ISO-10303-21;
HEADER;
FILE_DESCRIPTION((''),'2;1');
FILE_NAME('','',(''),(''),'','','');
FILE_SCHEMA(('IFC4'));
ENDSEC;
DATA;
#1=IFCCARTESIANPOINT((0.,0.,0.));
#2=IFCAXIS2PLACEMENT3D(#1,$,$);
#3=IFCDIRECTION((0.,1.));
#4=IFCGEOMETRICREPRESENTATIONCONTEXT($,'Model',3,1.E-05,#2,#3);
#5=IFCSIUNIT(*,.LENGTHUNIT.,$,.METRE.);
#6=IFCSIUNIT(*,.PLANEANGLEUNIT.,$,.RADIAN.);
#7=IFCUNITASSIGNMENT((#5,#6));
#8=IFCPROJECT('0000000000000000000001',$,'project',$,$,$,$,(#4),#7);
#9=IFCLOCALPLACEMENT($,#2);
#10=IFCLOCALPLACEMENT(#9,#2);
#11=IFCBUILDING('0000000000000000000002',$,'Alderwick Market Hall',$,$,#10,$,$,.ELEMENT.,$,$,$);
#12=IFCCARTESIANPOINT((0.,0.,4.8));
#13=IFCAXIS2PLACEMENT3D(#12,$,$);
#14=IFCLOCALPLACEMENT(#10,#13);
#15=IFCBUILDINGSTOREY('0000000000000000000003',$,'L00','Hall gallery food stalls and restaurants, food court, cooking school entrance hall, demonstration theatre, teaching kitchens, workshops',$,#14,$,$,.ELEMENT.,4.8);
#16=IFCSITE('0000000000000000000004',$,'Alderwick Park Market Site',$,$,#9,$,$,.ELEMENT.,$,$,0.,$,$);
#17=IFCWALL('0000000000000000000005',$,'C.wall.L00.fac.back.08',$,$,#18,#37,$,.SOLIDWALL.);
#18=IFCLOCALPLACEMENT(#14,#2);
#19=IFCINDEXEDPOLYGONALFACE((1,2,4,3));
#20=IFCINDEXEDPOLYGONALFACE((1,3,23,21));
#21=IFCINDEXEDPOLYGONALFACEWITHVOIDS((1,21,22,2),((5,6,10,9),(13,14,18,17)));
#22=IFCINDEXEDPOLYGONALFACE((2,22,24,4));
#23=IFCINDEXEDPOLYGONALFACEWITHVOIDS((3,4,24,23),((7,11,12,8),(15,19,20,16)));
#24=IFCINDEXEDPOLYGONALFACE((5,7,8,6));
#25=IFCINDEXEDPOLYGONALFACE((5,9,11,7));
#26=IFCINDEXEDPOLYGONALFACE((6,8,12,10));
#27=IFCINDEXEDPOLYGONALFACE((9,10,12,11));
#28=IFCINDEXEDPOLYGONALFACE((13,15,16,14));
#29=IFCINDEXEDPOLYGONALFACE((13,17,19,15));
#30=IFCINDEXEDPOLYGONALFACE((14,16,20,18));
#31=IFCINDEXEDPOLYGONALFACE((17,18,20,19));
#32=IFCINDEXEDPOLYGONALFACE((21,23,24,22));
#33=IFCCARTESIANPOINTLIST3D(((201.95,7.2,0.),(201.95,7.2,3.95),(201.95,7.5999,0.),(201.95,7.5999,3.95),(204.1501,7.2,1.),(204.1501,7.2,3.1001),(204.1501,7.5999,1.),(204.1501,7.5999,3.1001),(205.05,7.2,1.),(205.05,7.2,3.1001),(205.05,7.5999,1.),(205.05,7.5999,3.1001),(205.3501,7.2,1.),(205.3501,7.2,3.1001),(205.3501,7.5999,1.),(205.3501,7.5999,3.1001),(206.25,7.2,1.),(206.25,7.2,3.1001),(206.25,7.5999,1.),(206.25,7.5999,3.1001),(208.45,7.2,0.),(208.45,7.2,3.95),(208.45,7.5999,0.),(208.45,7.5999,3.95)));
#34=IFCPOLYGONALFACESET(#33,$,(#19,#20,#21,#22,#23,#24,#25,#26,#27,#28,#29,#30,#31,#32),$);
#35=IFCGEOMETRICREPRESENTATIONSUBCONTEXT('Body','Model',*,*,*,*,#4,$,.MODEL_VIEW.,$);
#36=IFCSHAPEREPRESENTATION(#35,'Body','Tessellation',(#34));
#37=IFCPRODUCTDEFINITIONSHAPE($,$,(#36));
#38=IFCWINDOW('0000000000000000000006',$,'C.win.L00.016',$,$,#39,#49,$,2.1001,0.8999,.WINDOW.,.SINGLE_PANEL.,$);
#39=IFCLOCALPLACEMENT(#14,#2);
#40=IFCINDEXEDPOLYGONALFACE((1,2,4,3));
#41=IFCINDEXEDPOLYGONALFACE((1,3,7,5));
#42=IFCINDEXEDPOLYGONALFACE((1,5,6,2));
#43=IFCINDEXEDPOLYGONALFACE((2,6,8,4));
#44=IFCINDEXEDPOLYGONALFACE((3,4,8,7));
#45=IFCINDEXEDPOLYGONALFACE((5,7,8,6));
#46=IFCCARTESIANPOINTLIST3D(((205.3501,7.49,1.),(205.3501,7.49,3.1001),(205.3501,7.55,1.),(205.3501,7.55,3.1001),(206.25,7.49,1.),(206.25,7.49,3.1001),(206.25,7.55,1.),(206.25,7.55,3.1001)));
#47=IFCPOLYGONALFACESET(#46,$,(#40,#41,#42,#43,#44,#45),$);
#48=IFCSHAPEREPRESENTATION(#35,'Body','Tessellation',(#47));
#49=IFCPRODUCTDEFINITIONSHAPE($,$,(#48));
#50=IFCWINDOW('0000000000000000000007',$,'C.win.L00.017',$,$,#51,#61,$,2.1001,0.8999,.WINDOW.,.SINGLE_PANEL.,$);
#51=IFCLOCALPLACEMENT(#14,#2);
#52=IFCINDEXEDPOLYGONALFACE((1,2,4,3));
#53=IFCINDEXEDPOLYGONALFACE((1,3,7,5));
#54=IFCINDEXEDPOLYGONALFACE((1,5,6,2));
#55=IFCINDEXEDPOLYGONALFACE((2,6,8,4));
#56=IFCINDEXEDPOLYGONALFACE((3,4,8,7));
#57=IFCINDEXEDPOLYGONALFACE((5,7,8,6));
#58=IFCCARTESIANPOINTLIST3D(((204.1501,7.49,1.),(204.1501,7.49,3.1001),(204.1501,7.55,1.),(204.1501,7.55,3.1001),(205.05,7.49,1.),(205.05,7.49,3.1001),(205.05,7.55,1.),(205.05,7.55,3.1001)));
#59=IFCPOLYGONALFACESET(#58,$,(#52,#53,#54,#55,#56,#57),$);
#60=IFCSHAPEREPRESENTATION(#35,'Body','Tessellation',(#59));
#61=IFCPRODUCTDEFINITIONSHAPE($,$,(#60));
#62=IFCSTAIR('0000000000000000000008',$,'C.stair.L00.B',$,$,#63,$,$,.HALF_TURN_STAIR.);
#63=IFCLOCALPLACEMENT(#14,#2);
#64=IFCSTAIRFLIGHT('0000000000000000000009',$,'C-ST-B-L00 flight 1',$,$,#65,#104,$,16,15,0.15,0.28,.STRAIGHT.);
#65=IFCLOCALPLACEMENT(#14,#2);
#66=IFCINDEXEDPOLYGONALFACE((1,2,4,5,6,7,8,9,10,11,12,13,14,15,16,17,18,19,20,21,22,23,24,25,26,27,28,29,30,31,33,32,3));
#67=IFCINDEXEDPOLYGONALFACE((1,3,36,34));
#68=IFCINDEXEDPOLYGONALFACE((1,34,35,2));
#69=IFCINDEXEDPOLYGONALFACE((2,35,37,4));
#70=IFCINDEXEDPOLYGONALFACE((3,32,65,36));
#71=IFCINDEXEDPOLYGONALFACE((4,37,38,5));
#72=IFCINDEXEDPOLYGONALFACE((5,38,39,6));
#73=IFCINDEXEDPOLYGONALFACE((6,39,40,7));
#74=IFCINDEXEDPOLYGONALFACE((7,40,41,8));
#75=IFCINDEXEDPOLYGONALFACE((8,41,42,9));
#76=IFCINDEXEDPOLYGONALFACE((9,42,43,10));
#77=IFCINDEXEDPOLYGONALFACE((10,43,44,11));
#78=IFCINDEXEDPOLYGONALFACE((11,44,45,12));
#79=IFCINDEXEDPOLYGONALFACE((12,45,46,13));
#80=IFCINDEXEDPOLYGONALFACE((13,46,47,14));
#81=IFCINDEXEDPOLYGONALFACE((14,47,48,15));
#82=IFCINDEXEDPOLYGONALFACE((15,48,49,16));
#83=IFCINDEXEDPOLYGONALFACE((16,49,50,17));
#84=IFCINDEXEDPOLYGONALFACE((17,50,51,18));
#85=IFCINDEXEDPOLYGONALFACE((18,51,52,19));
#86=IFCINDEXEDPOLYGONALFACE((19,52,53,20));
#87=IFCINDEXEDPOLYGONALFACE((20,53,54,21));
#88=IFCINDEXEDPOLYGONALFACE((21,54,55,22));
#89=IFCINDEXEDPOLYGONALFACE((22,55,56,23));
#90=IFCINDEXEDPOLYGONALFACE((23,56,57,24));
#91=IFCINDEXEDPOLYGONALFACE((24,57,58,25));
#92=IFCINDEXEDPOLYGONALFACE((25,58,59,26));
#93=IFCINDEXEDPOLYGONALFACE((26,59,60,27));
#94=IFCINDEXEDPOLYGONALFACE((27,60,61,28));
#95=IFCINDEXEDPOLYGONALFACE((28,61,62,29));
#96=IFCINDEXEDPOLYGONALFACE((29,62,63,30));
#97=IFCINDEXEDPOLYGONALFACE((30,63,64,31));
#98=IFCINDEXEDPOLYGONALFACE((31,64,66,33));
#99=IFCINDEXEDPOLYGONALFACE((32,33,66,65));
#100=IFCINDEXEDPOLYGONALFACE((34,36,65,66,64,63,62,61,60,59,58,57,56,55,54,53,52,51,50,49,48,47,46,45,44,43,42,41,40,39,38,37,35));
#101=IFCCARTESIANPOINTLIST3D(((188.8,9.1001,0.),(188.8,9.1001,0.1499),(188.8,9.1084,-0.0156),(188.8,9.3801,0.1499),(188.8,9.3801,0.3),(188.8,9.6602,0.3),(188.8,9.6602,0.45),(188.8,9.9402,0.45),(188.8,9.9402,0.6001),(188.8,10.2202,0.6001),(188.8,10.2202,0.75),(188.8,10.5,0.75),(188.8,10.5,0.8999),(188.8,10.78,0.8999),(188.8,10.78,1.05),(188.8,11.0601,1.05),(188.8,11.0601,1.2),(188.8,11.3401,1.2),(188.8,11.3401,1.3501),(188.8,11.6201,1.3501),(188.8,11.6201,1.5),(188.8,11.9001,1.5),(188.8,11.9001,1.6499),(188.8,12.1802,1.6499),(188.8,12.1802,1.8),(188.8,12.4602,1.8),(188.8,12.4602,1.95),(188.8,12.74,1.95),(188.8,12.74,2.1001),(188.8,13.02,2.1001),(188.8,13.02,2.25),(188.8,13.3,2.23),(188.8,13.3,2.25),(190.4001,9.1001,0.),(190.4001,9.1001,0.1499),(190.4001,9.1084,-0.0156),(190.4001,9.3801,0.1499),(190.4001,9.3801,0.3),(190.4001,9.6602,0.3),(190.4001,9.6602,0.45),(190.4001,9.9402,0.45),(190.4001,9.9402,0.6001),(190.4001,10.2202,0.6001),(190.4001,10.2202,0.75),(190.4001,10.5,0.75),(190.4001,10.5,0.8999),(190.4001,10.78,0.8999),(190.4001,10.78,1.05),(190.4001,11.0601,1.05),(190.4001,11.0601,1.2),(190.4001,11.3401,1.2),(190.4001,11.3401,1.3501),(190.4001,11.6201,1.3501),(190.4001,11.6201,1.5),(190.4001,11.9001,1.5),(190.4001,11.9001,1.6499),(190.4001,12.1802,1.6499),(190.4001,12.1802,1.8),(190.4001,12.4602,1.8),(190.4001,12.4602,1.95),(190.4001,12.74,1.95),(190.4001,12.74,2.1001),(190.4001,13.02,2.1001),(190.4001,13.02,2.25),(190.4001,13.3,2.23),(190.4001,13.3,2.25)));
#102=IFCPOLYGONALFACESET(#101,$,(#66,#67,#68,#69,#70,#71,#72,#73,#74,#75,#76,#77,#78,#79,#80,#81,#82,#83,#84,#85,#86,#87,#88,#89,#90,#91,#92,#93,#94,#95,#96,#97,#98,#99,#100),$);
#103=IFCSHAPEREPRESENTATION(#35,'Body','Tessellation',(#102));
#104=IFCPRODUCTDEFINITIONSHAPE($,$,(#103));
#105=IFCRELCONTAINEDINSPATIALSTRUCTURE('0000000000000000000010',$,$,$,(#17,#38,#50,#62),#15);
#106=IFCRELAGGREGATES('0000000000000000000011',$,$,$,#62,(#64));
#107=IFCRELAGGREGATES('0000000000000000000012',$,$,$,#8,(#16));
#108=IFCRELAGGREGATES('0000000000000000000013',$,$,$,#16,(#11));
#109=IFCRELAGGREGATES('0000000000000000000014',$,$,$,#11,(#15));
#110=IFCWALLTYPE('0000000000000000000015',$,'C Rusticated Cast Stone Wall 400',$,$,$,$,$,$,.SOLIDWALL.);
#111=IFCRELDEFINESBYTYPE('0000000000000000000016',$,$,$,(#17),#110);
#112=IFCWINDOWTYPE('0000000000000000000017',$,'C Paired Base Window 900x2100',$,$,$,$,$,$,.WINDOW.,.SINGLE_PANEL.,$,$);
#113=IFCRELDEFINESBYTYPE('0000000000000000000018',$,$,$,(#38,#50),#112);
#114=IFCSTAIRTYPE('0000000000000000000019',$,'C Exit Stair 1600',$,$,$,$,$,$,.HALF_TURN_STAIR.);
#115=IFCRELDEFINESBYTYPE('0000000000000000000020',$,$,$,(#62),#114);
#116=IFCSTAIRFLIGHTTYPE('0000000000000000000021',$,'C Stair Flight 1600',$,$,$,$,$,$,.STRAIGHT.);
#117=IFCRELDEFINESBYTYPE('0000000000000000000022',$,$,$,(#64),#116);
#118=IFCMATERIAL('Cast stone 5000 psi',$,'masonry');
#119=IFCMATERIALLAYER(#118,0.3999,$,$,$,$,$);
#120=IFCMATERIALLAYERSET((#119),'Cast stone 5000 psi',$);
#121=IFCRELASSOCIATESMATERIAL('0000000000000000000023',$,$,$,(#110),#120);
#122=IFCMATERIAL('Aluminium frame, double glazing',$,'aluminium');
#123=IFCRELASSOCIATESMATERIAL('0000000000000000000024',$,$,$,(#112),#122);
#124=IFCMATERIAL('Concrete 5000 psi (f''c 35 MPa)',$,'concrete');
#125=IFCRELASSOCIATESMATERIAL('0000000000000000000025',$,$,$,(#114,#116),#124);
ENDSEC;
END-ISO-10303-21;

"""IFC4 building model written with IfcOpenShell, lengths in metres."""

from ifc_helpers import new_model, si_unit, direction, frame, frame_2d, origin, place, context, subcontext, project, spatial, polyline, rectangle, outline, extrude, material, layer, layer_set, type_object, element, fill, aggregate, save


model = new_model("IFC4")

# Units and contexts
model_context = context("Model", 3, precision=1e-05, world=origin(), true_north=direction((0.0, 1.0)))
body_context = subcontext(model_context, "Body", "Model", "MODEL_VIEW")
ifc_project = project(units=[si_unit("LENGTHUNIT", "METRE"), si_unit("PLANEANGLEUNIT", "RADIAN")], contexts=[model_context])

# Site, building, storey
site_placement = place(None, origin())
site = spatial("IfcSite", under=ifc_project, at=site_placement, Name="Alderwick Park Market Site", CompositionType="ELEMENT", RefElevation=0.0)
building_placement = place(site_placement, origin())
building = spatial("IfcBuilding", under=site, at=building_placement, Name="Alderwick Market Hall", CompositionType="ELEMENT")
storey_placement = place(building_placement, frame((0.0, 0.0, 4.8)))
storey = spatial("IfcBuildingStorey", under=building, at=storey_placement, Name="L00", Description="Hall gallery food stalls and restaurants, food court, cooking school entrance hall, demonstration theatre, teaching kitchens, workshops", CompositionType="ELEMENT", Elevation=4.8)

# Shared definitions
ifc_material_1 = material(Name="Concrete 5000 psi (f'c 35 MPa)", Category="concrete")

# Shared definitions
ifc_material_2 = material(Name="Cast stone 5000 psi", Category="masonry")
ifc_layer_1 = layer(ifc_material_2, 0.3999)
ifc_layer_set_1 = layer_set([ifc_layer_1], Name="Cast stone 5000 psi")
wall_type_1 = type_object("IfcWallType", Name="C Rusticated Cast Stone Wall 400", PredefinedType="SOLIDWALL", material=ifc_layer_set_1)

# Wall, openings, windows
wall_1_placement = place(storey_placement, frame((208.45, 7.3999, 0.0), z_axis=(0.0, 0.0, 1.0), x_axis=(-1.0, 0.0, 0.0)))
wall_1 = element("IfcWall", 1, at=wall_1_placement, inside=storey, type_object=wall_type_1, Name="C.wall.L00.fac.back.08", PredefinedType="SOLIDWALL", context=body_context, shape_type="SweptSolid", body=[
    extrude(rectangle(XDim=6.5, YDim=0.3999, at=frame_2d((3.25, 0.0))), origin(), (0.0, 0.0, 1.0), 3.95),
])
opening_1_placement = place(wall_1_placement, frame((2.2, 0.0, 1.0)))
opening_1 = element("IfcOpeningElement", 2, at=opening_1_placement, cuts=wall_1, PredefinedType="OPENING", context=body_context, shape_type="SweptSolid", body=[
    extrude(rectangle(XDim=0.8999, YDim=2.1001, at=frame_2d((0.45, 1.05))), frame((0.0, 0.21, 0.0), z_axis=(0.0, -1.0, 0.0), x_axis=(1.0, 0.0, 0.0)), (0.0, 0.0, 1.0), 0.4199),
])
opening_2_placement = place(wall_1_placement, frame((3.3999, 0.0, 1.0)))
opening_2 = element("IfcOpeningElement", 3, at=opening_2_placement, cuts=wall_1, PredefinedType="OPENING", context=body_context, shape_type="SweptSolid", body=[
    extrude(rectangle(XDim=0.8999, YDim=2.1001, at=frame_2d((0.45, 1.05))), frame((0.0, 0.21, 0.0), z_axis=(0.0, -1.0, 0.0), x_axis=(1.0, 0.0, 0.0)), (0.0, 0.0, 1.0), 0.4199),
])
ifc_material_3 = material(Name="Aluminium frame, double glazing", Category="aluminium")
window_type = type_object("IfcWindowType", Name="C Paired Base Window 900x2100", PartitioningType="SINGLE_PANEL", PredefinedType="WINDOW", material=ifc_material_3)
window_1_placement = place(opening_1_placement, origin())
window_1 = element("IfcWindow", 4, at=window_1_placement, inside=storey, type_object=window_type, Name="C.win.L00.016", OverallHeight=2.1001, OverallWidth=0.8999, PartitioningType="SINGLE_PANEL", PredefinedType="WINDOW", context=body_context, shape_type="SweptSolid", body=[
    extrude(rectangle(XDim=0.8999, YDim=2.1001, at=frame_2d((0.45, 1.05))), frame((0.0, -0.0901, 0.0), z_axis=(0.0, -1.0, 0.0), x_axis=(1.0, 0.0, 0.0)), (0.0, 0.0, 1.0), 0.0601),
])
fill(opening_1, window_1)
window_2_placement = place(opening_2_placement, origin())
window_2 = element("IfcWindow", 5, at=window_2_placement, inside=storey, type_object=window_type, Name="C.win.L00.017", OverallHeight=2.1001, OverallWidth=0.8999, PartitioningType="SINGLE_PANEL", PredefinedType="WINDOW", context=body_context, shape_type="SweptSolid", body=[
    extrude(rectangle(XDim=0.8999, YDim=2.1001, at=frame_2d((0.45, 1.05))), frame((0.0, -0.0901, 0.0), z_axis=(0.0, -1.0, 0.0), x_axis=(1.0, 0.0, 0.0)), (0.0, 0.0, 1.0), 0.0601),
])
fill(opening_2, window_2)

# Stair, stair flight
stair_type = type_object("IfcStairType", Name="C Exit Stair 1600", PredefinedType="HALF_TURN_STAIR", material=ifc_material_1)
stair_placement = place(storey_placement, origin())
stair = element("IfcStair", 6, at=stair_placement, inside=storey, type_object=stair_type, Name="C.stair.L00.B", PredefinedType="HALF_TURN_STAIR")
stair_flight_type = type_object("IfcStairFlightType", Name="C Stair Flight 1600", PredefinedType="STRAIGHT", material=ifc_material_1)
stair_flight_placement = place(storey_placement, frame((189.6001, 9.1001, 0.0), z_axis=(0.0, 0.0, 1.0), x_axis=(0.0, 1.0, 0.0)))
stair_flight = element("IfcStairFlight", 7, at=stair_flight_placement, type_object=stair_flight_type, Name="C-ST-B-L00 flight 1", NumberOfRisers=16, NumberOfTreads=15, PredefinedType="STRAIGHT", RiserHeight=0.15, TreadLength=0.28, context=body_context, shape_type="SweptSolid", body=[
    extrude(outline(polyline([(0.0083, -0.0156), (0.0, 0.0), (0.0, 0.1499), (0.28, 0.1499), (0.28, 0.3), (0.5601, 0.3), (0.5601, 0.45), (0.8401, 0.45), (0.8401, 0.6001), (1.1201, 0.6001), (1.1201, 0.75), (1.3999, 0.75), (1.3999, 0.8999), (1.6799, 0.8999), (1.6799, 1.05), (1.96, 1.05), (1.96, 1.2), (2.24, 1.2), (2.24, 1.3501), (2.52, 1.3501), (2.52, 1.5), (2.8, 1.5), (2.8, 1.6499), (3.0801, 1.6499), (3.0801, 1.8), (3.3601, 1.8), (3.3601, 1.95), (3.6399, 1.95), (3.6399, 2.1001), (3.9199, 2.1001), (3.9199, 2.25), (4.2, 2.25), (4.2, 2.23), (0.0083, -0.0156)])), frame((0.0, 0.8, 0.0), z_axis=(0.0, -1.0, 0.0), x_axis=(1.0, 0.0, 0.0)), (0.0, 0.0, 1.0), 1.6001),
])
aggregate(stair, [stair_flight])

save(model, "model.ifc")
